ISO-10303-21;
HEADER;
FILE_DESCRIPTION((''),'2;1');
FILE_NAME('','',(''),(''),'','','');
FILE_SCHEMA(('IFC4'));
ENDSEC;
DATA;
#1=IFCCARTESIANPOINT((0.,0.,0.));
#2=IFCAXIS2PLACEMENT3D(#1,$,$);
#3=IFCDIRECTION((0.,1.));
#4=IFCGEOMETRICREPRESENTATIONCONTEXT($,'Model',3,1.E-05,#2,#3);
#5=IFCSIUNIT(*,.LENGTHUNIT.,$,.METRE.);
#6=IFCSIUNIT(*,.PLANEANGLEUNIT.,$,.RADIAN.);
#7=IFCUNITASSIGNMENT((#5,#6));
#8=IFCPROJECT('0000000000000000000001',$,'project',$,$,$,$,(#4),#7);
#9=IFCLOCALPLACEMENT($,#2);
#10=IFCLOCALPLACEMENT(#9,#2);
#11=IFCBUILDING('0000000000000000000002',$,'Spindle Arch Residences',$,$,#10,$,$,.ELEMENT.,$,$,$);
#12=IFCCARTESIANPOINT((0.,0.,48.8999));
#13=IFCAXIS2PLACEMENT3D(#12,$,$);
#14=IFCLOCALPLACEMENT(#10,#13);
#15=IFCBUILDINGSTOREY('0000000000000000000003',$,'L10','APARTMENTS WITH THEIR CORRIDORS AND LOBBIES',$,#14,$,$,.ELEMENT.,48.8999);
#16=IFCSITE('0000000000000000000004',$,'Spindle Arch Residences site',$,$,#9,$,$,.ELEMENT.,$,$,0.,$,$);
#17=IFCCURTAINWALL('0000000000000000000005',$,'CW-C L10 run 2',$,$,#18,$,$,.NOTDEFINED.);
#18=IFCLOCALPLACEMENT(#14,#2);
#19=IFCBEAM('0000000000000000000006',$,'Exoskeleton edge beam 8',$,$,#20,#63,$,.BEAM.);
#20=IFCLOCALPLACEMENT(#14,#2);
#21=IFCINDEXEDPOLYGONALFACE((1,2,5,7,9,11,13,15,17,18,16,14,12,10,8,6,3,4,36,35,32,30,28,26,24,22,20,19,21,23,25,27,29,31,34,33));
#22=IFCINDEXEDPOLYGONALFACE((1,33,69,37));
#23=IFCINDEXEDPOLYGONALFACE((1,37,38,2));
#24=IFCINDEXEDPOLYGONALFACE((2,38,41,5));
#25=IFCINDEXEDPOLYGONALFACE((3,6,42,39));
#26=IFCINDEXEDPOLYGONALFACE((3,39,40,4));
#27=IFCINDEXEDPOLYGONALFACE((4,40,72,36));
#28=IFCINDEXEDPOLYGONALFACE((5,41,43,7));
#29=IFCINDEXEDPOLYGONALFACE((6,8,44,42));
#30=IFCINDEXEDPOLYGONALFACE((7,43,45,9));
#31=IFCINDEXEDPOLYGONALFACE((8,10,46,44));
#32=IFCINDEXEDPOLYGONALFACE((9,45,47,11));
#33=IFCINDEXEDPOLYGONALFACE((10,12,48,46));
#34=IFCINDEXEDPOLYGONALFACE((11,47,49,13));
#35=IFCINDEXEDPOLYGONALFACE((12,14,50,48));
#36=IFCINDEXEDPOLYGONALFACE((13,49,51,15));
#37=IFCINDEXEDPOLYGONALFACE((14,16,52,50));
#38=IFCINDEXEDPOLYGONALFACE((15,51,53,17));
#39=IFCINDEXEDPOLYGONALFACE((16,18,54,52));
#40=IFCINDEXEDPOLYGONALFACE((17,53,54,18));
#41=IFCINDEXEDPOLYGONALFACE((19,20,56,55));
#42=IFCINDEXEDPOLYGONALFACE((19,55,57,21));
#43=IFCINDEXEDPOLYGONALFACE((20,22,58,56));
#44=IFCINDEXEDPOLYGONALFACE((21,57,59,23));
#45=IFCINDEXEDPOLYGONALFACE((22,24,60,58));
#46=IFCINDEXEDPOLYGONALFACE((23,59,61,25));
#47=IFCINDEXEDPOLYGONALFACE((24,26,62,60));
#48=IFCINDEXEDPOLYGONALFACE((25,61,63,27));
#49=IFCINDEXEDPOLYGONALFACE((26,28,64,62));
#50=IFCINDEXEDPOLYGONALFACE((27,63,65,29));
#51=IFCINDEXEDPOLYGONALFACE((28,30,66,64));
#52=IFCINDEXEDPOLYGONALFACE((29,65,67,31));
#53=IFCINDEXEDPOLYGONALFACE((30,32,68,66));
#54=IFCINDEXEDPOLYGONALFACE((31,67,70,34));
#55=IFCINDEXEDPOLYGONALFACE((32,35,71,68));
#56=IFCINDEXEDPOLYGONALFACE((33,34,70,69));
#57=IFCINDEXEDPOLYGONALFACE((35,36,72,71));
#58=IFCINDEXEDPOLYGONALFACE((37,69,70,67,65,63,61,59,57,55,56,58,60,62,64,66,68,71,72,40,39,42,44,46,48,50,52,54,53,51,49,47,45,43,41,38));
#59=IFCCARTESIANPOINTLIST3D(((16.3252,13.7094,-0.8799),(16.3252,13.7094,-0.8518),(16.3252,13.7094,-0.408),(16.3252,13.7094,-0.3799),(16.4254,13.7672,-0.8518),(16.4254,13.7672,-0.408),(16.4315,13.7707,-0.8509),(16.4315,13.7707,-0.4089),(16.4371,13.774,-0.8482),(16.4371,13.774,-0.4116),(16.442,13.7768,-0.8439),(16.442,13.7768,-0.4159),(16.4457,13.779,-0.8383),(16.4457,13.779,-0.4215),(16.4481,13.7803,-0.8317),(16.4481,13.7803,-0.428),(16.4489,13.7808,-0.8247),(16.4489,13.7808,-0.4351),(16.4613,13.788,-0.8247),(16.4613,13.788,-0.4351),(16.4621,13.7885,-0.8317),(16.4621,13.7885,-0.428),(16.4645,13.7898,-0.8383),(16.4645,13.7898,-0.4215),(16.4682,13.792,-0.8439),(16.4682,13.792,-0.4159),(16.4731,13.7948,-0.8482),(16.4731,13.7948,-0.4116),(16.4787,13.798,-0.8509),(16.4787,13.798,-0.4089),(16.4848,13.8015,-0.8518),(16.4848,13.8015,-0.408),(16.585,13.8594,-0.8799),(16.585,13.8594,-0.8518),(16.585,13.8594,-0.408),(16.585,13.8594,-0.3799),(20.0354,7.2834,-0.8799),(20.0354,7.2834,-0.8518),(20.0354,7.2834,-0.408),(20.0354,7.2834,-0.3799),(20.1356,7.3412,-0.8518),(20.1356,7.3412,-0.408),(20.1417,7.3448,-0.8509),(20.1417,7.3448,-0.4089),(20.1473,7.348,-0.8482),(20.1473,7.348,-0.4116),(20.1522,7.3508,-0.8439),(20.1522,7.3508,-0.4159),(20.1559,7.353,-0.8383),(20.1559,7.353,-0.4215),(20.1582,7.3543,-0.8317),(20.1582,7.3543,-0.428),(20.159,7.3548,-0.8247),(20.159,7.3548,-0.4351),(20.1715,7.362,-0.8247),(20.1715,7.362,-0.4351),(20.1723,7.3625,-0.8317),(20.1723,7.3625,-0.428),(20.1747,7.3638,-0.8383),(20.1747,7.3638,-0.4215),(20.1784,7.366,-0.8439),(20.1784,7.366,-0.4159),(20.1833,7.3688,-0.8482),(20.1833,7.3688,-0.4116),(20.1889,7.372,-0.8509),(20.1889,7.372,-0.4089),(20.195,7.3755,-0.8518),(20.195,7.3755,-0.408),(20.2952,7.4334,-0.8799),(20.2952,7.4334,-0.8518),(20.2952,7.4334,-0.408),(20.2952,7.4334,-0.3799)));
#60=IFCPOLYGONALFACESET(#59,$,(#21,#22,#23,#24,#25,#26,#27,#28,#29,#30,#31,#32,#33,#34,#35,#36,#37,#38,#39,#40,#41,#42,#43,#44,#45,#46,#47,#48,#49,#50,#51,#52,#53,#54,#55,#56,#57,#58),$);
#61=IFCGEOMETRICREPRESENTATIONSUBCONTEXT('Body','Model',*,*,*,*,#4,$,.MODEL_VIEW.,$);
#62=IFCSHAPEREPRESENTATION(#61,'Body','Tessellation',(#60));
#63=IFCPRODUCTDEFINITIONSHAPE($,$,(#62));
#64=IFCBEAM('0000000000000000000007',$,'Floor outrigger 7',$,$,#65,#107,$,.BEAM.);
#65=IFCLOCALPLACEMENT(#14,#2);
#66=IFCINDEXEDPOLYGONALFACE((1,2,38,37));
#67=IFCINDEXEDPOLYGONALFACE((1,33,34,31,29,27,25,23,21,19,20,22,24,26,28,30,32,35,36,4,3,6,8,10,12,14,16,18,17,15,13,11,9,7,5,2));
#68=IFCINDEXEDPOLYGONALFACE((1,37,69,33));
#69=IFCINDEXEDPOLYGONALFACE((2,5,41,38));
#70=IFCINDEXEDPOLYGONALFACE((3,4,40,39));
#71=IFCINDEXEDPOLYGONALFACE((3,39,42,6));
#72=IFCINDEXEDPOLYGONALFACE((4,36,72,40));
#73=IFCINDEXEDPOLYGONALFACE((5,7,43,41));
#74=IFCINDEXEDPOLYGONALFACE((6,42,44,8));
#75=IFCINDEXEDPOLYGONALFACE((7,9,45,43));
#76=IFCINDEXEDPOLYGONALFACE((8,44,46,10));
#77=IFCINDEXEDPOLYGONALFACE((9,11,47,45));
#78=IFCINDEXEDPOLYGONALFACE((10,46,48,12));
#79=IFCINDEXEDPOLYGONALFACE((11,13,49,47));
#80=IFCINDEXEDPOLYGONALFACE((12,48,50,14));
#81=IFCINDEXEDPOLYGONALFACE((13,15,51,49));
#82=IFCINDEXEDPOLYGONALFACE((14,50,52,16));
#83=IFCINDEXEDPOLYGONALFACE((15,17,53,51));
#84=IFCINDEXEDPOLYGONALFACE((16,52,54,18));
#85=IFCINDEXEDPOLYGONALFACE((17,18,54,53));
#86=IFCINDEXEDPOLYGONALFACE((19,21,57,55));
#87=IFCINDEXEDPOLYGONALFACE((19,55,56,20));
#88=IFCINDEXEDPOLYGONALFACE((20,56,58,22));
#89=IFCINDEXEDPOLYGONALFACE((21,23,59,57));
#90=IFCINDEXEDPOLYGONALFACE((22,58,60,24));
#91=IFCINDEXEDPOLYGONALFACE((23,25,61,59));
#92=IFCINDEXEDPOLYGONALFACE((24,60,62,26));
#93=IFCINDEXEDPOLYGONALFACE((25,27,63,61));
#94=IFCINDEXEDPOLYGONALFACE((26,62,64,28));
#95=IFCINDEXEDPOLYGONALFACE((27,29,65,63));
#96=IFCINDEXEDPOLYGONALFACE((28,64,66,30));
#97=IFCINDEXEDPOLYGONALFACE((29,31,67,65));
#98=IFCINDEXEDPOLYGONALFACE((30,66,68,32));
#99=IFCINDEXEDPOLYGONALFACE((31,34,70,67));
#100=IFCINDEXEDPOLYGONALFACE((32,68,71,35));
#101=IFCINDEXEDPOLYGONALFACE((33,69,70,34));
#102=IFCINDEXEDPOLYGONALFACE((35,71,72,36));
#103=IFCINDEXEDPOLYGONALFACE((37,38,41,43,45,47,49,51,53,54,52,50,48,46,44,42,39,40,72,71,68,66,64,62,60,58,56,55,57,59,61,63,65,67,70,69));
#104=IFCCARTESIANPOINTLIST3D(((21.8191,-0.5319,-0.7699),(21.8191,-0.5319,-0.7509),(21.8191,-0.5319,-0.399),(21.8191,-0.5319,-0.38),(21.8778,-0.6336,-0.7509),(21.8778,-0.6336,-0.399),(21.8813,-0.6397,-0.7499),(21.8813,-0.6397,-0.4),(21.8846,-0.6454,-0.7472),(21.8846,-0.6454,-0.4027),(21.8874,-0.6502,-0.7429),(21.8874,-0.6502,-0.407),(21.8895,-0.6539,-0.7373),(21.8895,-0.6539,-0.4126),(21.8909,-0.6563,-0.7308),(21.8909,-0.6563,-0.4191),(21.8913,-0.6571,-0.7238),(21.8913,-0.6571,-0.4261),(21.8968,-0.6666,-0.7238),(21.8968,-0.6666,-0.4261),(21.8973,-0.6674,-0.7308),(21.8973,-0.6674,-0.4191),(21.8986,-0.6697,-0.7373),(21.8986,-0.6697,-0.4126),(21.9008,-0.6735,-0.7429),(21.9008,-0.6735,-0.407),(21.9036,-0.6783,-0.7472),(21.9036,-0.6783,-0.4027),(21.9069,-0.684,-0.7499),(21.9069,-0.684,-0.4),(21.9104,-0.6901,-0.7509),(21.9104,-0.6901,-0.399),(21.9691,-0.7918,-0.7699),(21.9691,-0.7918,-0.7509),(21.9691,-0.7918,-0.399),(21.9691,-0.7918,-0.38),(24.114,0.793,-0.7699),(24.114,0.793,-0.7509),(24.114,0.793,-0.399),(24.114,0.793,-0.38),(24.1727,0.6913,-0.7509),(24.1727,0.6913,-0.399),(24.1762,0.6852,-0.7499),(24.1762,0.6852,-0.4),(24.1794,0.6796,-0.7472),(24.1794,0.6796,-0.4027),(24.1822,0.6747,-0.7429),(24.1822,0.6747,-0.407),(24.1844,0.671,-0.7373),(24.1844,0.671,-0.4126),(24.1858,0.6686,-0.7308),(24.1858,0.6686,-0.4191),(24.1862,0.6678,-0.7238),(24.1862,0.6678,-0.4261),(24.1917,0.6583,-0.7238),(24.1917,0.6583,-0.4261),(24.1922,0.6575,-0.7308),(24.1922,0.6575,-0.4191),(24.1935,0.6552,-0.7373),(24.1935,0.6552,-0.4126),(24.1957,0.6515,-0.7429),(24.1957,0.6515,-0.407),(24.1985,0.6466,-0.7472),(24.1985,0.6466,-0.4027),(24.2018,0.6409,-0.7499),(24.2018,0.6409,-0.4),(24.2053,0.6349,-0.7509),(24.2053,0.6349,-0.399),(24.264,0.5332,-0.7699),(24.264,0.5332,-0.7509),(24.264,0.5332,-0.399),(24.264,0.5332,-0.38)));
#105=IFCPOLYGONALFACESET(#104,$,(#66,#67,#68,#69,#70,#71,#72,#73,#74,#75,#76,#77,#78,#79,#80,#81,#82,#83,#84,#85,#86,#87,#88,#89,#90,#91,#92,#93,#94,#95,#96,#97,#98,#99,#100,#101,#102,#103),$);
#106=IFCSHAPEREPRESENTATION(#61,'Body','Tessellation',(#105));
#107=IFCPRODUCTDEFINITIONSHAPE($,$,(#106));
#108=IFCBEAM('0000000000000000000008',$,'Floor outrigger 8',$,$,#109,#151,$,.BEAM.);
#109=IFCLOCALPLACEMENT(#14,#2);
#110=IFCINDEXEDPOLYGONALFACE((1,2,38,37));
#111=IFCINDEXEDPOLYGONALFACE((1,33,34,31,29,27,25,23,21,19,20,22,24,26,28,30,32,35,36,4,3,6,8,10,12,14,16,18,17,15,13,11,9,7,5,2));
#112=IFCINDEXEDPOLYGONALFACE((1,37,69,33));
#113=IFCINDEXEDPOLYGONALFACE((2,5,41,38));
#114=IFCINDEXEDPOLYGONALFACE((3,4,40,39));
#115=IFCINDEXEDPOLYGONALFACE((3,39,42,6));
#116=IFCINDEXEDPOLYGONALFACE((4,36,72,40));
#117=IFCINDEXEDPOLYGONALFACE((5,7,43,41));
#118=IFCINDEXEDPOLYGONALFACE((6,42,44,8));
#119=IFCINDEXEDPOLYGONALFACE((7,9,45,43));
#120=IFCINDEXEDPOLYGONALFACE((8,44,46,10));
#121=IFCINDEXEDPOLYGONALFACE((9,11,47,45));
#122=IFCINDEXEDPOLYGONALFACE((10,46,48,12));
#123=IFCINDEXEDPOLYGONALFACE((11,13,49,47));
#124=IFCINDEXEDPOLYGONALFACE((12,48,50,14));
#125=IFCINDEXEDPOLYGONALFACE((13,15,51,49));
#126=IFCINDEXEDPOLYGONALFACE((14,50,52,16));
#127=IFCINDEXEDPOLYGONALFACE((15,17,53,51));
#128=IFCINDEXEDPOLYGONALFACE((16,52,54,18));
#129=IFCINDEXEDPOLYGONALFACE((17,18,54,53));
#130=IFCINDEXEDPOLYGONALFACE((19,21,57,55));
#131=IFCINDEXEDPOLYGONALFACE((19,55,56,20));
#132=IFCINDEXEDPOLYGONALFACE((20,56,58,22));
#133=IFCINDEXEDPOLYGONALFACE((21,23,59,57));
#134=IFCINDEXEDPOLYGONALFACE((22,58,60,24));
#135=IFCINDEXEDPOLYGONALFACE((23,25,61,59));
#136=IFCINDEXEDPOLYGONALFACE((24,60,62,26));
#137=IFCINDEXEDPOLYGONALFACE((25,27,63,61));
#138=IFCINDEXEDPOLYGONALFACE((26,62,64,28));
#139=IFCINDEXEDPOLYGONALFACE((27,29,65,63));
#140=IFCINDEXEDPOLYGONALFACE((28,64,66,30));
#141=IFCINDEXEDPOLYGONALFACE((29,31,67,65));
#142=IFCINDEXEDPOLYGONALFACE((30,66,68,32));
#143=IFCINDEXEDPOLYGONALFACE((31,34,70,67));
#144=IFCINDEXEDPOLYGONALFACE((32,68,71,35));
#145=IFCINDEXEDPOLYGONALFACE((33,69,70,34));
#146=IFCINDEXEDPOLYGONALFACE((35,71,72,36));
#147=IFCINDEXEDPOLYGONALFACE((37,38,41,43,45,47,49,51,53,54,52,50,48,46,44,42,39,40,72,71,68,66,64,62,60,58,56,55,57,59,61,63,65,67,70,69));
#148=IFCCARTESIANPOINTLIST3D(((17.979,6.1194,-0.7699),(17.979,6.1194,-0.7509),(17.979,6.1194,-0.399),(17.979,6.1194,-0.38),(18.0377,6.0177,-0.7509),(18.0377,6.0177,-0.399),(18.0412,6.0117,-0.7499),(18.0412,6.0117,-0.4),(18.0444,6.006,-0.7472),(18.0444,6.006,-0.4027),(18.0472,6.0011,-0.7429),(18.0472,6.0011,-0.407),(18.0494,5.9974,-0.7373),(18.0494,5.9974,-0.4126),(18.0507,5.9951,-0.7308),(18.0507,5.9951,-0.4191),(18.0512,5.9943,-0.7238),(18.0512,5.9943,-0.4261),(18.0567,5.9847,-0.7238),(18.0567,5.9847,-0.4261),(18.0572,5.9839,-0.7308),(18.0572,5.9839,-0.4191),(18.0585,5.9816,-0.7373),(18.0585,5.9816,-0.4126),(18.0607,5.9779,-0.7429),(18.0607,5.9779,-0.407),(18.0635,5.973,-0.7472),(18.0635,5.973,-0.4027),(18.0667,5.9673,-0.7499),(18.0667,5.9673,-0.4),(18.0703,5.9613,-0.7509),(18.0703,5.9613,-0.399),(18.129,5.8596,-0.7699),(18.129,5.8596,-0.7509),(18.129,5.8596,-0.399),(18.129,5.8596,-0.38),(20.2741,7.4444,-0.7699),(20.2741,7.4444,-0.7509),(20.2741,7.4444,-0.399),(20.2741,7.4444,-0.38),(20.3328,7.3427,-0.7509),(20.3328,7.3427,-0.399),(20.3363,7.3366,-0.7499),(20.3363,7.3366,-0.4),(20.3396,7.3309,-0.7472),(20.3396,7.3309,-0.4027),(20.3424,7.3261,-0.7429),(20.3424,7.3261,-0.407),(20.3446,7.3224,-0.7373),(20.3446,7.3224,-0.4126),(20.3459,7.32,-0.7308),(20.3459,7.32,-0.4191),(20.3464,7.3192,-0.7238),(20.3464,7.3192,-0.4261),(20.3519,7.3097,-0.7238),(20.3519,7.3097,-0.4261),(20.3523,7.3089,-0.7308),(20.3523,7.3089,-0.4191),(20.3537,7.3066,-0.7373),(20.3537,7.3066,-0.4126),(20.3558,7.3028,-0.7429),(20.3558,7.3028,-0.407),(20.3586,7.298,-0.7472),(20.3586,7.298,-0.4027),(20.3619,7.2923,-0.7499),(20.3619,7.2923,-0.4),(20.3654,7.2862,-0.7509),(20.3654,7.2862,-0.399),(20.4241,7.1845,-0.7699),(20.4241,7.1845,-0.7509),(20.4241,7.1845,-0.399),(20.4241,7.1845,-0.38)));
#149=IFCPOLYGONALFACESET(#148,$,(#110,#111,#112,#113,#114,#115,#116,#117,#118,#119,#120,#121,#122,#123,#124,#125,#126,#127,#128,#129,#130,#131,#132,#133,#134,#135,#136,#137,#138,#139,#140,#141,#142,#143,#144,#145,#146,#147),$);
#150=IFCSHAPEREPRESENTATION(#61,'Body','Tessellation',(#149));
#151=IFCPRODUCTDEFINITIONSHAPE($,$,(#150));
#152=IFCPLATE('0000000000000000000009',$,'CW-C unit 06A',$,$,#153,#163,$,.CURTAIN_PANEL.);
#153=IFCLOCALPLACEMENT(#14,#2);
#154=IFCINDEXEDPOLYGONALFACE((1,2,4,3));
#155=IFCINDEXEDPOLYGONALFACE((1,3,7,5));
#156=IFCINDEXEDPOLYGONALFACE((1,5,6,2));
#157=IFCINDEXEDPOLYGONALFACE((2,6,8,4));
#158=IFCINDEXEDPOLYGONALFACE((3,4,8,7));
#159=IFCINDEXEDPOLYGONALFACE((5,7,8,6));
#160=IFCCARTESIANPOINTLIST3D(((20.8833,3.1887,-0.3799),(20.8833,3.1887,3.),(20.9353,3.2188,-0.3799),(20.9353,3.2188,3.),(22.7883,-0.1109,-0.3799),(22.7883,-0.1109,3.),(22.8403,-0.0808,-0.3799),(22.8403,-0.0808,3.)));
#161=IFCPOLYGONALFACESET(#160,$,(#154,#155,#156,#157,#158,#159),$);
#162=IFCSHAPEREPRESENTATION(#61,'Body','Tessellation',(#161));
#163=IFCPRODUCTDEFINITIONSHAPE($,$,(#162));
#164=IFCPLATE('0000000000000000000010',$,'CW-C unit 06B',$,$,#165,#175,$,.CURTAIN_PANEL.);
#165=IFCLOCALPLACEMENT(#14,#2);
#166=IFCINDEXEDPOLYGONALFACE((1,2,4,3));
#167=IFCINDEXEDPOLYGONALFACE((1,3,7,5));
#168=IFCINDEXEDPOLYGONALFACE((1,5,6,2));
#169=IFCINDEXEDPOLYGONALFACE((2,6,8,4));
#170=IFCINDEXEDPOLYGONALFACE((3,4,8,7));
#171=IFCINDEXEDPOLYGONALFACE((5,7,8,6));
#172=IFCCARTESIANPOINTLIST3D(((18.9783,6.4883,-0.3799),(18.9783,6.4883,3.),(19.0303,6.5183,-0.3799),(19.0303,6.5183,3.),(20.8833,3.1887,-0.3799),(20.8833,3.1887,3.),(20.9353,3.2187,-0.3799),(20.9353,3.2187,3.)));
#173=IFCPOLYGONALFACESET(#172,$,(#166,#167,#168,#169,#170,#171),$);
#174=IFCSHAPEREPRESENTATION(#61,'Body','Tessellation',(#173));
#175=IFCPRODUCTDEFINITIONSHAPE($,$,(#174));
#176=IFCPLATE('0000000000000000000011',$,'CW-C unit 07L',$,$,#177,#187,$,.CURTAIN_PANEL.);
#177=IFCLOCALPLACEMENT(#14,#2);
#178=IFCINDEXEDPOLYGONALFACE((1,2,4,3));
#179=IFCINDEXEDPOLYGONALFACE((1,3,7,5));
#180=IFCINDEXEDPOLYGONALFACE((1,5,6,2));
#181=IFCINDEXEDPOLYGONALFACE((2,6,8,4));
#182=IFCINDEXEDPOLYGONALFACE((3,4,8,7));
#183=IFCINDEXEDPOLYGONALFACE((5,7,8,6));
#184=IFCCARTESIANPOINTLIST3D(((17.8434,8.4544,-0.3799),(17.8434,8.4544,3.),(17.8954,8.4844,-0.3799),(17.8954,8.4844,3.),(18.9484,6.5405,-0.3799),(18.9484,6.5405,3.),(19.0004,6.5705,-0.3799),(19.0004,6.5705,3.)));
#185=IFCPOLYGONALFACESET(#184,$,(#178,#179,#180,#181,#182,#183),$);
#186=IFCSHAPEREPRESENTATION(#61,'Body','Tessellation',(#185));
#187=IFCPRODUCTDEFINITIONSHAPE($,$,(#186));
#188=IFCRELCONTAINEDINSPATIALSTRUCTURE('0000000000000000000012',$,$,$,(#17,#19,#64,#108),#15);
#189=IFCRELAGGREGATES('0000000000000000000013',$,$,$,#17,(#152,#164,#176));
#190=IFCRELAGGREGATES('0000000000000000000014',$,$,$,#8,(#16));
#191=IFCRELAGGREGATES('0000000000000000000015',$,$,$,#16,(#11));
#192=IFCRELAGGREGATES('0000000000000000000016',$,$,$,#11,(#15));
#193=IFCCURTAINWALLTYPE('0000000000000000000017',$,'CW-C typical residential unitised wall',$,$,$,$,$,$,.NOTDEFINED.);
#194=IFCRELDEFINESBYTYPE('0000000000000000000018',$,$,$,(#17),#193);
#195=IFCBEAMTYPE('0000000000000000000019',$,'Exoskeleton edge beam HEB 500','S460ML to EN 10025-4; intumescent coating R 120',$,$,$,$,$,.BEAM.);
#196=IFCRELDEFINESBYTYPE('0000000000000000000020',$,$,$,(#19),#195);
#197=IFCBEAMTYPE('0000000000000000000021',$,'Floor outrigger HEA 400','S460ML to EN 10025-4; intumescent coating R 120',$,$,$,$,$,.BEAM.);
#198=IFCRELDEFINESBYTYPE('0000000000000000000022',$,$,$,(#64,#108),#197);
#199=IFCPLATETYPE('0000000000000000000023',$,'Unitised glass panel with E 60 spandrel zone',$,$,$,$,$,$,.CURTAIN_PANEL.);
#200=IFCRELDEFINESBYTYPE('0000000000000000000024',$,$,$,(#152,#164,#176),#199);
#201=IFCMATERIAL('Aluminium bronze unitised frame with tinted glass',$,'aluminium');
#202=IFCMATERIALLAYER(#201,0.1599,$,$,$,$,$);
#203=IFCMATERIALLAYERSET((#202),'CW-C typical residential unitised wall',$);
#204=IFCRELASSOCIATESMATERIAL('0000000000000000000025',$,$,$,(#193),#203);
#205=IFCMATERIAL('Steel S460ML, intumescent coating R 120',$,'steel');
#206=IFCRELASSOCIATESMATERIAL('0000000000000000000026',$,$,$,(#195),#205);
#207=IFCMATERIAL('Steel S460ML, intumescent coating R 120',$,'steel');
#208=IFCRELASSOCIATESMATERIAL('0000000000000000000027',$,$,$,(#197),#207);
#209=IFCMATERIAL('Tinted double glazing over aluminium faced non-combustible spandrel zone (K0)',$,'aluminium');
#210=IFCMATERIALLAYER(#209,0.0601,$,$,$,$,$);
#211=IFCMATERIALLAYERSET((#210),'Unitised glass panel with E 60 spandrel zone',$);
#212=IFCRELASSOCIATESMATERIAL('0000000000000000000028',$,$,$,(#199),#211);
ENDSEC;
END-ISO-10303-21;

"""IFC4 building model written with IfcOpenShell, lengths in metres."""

from ifc_helpers import new_model, si_unit, direction, frame, origin, origin_2d, place, context, subcontext, project, spatial, rectangle, i_section, extrude, material, layer, layer_set, material_profile, profile_set, type_object, element, aggregate, save


model = new_model("IFC4")

# Units and contexts
model_context = context("Model", 3, precision=1e-05, world=origin(), true_north=direction((0.0, 1.0)))
body_context = subcontext(model_context, "Body", "Model", "MODEL_VIEW")
ifc_project = project(units=[si_unit("LENGTHUNIT", "METRE"), si_unit("PLANEANGLEUNIT", "RADIAN")], contexts=[model_context])

# Site, building, storey
site_placement = place(None, origin())
site = spatial("IfcSite", under=ifc_project, at=site_placement, Name="Spindle Arch Residences site", CompositionType="ELEMENT", RefElevation=0.0)
building_placement = place(site_placement, origin())
building = spatial("IfcBuilding", under=site, at=building_placement, Name="Spindle Arch Residences", CompositionType="ELEMENT")
storey_placement = place(building_placement, frame((0.0, 0.0, 48.8999)))
storey = spatial("IfcBuildingStorey", under=building, at=storey_placement, Name="L10", Description="APARTMENTS WITH THEIR CORRIDORS AND LOBBIES", CompositionType="ELEMENT", Elevation=48.8999)

# Curtain wall
ifc_material_1 = material(Name="Aluminium bronze unitised frame with tinted glass", Category="aluminium")
ifc_layer_1 = layer(ifc_material_1, 0.1599)
ifc_layer_set_1 = layer_set([ifc_layer_1], Name="CW-C typical residential unitised wall")
curtain_wall_type = type_object("IfcCurtainWallType", Name="CW-C typical residential unitised wall", PredefinedType="NOTDEFINED", material=ifc_layer_set_1)
curtain_wall_placement = place(storey_placement, origin())
curtain_wall = element("IfcCurtainWall", 1, at=curtain_wall_placement, inside=storey, type_object=curtain_wall_type, Name="CW-C L10 run 2", PredefinedType="NOTDEFINED")

# Beams
ifc_material_2 = material(Name="Steel S460ML, intumescent coating R 120", Category="steel")
ifc_material_profile_1 = material_profile(ifc_material_2, i_section(OverallWidth=0.3, OverallDepth=0.5, WebThickness=0.0144, FlangeThickness=0.0281, FilletRadius=0.0271, at=origin_2d()), Name="HEB 500")
ifc_profile_set_1 = profile_set([ifc_material_profile_1], Name="Steel S460ML, intumescent coating R 120")
beam_type_1 = type_object("IfcBeamType", Name="Exoskeleton edge beam HEB 500", Description="S460ML to EN 10025-4; intumescent coating R 120", PredefinedType="BEAM", material=ifc_profile_set_1)
for number, where, z_axis, x_axis, name in (
    (2, (20.1653, 7.3584, -0.6299), (-0.500014, 0.866017, 0.0), (-0.866017, -0.500014, 0.0), "Exoskeleton edge beam 8"),
):
    element("IfcBeam", number, at=place(storey_placement, frame(where, z_axis=z_axis, x_axis=x_axis)), inside=storey, type_object=beam_type_1, Name=name, PredefinedType="BEAM", context=body_context, shape_type="SweptSolid", body=[
        extrude(i_section(OverallWidth=0.3, OverallDepth=0.5, WebThickness=0.0144, FlangeThickness=0.0281, FilletRadius=0.0271, at=origin_2d()), origin(), (0.0, 0.0, 1.0), 7.4202),
    ])
ifc_material_3 = material(Name="Steel S460ML, intumescent coating R 120", Category="steel")
ifc_material_profile_2 = material_profile(ifc_material_3, i_section(OverallWidth=0.3, OverallDepth=0.3899, WebThickness=0.011, FlangeThickness=0.019, FilletRadius=0.0271, at=origin_2d()), Name="HEA 400")
ifc_profile_set_2 = profile_set([ifc_material_profile_2], Name="Steel S460ML, intumescent coating R 120")
beam_type_2 = type_object("IfcBeamType", Name="Floor outrigger HEA 400", Description="S460ML to EN 10025-4; intumescent coating R 120", PredefinedType="BEAM", material=ifc_profile_set_2)
beam_1_placement = place(storey_placement, frame((24.189, 0.6631, -0.575), z_axis=(-0.866029, -0.499994, 0.0), x_axis=(0.499994, -0.866029, 0.0)))
element("IfcBeam", 3, at=beam_1_placement, inside=storey, type_object=beam_type_2, Name="Floor outrigger 7", PredefinedType="BEAM", context=body_context, shape_type="SweptSolid", body=[
    extrude(i_section(OverallWidth=0.3, OverallDepth=0.3899, WebThickness=0.011, FlangeThickness=0.019, FilletRadius=0.0271, at=origin_2d()), origin(), (0.0, 0.0, 1.0), 2.6499),
])
beam_2_placement = place(storey_placement, frame((20.3491, 7.3145, -0.575), z_axis=(-0.866052, -0.499954, 0.0), x_axis=(0.499954, -0.866052, 0.0)))
element("IfcBeam", 4, at=beam_2_placement, inside=storey, type_object=beam_type_2, Name="Floor outrigger 8", PredefinedType="BEAM", context=body_context, shape_type="SweptSolid", body=[
    extrude(i_section(OverallWidth=0.3, OverallDepth=0.3899, WebThickness=0.011, FlangeThickness=0.019, FilletRadius=0.0271, at=origin_2d()), origin(), (0.0, 0.0, 1.0), 2.6501),
])

# Plates
ifc_material_4 = material(Name="Tinted double glazing over aluminium faced non-combustible spandrel zone (K0)", Category="aluminium")
ifc_layer_2 = layer(ifc_material_4, 0.0601)
ifc_layer_set_2 = layer_set([ifc_layer_2], Name="Unitised glass panel with E 60 spandrel zone")
plate_type = type_object("IfcPlateType", Name="Unitised glass panel with E 60 spandrel zone", PredefinedType="CURTAIN_PANEL", material=ifc_layer_set_2)
plate_1_placement = place(storey_placement, frame((21.8618, 1.554, -0.3799), z_axis=(0.0, 0.0, 1.0), x_axis=(-0.5, 0.866025, 0.0)))
plate_1 = element("IfcPlate", 5, at=plate_1_placement, type_object=plate_type, Name="CW-C unit 06A", PredefinedType="CURTAIN_PANEL", context=body_context, shape_type="SweptSolid", body=[
    extrude(rectangle(XDim=3.8101, YDim=0.0601, at=origin_2d()), origin(), (0.0, 0.0, 1.0), 3.3799),
])
plate_2_placement = place(storey_placement, frame((19.9568, 4.8535, -0.3799), z_axis=(0.0, 0.0, 1.0), x_axis=(-0.5, 0.866025, 0.0)))
plate_2 = element("IfcPlate", 6, at=plate_2_placement, type_object=plate_type, Name="CW-C unit 06B", PredefinedType="CURTAIN_PANEL", context=body_context, shape_type="SweptSolid", body=[
    extrude(rectangle(XDim=3.8101, YDim=0.0601, at=origin_2d()), origin(), (0.0, 0.0, 1.0), 3.3799),
])
plate_3_placement = place(storey_placement, frame((18.4219, 7.5125, -0.3799), z_axis=(0.0, 0.0, 1.0), x_axis=(-0.5, 0.866025, 0.0)))
plate_3 = element("IfcPlate", 7, at=plate_3_placement, type_object=plate_type, Name="CW-C unit 07L", PredefinedType="CURTAIN_PANEL", context=body_context, shape_type="SweptSolid", body=[
    extrude(rectangle(XDim=2.21, YDim=0.0601, at=origin_2d()), origin(), (0.0, 0.0, 1.0), 3.3799),
])
aggregate(curtain_wall, [plate_1, plate_2, plate_3])

save(model, "model.ifc")
